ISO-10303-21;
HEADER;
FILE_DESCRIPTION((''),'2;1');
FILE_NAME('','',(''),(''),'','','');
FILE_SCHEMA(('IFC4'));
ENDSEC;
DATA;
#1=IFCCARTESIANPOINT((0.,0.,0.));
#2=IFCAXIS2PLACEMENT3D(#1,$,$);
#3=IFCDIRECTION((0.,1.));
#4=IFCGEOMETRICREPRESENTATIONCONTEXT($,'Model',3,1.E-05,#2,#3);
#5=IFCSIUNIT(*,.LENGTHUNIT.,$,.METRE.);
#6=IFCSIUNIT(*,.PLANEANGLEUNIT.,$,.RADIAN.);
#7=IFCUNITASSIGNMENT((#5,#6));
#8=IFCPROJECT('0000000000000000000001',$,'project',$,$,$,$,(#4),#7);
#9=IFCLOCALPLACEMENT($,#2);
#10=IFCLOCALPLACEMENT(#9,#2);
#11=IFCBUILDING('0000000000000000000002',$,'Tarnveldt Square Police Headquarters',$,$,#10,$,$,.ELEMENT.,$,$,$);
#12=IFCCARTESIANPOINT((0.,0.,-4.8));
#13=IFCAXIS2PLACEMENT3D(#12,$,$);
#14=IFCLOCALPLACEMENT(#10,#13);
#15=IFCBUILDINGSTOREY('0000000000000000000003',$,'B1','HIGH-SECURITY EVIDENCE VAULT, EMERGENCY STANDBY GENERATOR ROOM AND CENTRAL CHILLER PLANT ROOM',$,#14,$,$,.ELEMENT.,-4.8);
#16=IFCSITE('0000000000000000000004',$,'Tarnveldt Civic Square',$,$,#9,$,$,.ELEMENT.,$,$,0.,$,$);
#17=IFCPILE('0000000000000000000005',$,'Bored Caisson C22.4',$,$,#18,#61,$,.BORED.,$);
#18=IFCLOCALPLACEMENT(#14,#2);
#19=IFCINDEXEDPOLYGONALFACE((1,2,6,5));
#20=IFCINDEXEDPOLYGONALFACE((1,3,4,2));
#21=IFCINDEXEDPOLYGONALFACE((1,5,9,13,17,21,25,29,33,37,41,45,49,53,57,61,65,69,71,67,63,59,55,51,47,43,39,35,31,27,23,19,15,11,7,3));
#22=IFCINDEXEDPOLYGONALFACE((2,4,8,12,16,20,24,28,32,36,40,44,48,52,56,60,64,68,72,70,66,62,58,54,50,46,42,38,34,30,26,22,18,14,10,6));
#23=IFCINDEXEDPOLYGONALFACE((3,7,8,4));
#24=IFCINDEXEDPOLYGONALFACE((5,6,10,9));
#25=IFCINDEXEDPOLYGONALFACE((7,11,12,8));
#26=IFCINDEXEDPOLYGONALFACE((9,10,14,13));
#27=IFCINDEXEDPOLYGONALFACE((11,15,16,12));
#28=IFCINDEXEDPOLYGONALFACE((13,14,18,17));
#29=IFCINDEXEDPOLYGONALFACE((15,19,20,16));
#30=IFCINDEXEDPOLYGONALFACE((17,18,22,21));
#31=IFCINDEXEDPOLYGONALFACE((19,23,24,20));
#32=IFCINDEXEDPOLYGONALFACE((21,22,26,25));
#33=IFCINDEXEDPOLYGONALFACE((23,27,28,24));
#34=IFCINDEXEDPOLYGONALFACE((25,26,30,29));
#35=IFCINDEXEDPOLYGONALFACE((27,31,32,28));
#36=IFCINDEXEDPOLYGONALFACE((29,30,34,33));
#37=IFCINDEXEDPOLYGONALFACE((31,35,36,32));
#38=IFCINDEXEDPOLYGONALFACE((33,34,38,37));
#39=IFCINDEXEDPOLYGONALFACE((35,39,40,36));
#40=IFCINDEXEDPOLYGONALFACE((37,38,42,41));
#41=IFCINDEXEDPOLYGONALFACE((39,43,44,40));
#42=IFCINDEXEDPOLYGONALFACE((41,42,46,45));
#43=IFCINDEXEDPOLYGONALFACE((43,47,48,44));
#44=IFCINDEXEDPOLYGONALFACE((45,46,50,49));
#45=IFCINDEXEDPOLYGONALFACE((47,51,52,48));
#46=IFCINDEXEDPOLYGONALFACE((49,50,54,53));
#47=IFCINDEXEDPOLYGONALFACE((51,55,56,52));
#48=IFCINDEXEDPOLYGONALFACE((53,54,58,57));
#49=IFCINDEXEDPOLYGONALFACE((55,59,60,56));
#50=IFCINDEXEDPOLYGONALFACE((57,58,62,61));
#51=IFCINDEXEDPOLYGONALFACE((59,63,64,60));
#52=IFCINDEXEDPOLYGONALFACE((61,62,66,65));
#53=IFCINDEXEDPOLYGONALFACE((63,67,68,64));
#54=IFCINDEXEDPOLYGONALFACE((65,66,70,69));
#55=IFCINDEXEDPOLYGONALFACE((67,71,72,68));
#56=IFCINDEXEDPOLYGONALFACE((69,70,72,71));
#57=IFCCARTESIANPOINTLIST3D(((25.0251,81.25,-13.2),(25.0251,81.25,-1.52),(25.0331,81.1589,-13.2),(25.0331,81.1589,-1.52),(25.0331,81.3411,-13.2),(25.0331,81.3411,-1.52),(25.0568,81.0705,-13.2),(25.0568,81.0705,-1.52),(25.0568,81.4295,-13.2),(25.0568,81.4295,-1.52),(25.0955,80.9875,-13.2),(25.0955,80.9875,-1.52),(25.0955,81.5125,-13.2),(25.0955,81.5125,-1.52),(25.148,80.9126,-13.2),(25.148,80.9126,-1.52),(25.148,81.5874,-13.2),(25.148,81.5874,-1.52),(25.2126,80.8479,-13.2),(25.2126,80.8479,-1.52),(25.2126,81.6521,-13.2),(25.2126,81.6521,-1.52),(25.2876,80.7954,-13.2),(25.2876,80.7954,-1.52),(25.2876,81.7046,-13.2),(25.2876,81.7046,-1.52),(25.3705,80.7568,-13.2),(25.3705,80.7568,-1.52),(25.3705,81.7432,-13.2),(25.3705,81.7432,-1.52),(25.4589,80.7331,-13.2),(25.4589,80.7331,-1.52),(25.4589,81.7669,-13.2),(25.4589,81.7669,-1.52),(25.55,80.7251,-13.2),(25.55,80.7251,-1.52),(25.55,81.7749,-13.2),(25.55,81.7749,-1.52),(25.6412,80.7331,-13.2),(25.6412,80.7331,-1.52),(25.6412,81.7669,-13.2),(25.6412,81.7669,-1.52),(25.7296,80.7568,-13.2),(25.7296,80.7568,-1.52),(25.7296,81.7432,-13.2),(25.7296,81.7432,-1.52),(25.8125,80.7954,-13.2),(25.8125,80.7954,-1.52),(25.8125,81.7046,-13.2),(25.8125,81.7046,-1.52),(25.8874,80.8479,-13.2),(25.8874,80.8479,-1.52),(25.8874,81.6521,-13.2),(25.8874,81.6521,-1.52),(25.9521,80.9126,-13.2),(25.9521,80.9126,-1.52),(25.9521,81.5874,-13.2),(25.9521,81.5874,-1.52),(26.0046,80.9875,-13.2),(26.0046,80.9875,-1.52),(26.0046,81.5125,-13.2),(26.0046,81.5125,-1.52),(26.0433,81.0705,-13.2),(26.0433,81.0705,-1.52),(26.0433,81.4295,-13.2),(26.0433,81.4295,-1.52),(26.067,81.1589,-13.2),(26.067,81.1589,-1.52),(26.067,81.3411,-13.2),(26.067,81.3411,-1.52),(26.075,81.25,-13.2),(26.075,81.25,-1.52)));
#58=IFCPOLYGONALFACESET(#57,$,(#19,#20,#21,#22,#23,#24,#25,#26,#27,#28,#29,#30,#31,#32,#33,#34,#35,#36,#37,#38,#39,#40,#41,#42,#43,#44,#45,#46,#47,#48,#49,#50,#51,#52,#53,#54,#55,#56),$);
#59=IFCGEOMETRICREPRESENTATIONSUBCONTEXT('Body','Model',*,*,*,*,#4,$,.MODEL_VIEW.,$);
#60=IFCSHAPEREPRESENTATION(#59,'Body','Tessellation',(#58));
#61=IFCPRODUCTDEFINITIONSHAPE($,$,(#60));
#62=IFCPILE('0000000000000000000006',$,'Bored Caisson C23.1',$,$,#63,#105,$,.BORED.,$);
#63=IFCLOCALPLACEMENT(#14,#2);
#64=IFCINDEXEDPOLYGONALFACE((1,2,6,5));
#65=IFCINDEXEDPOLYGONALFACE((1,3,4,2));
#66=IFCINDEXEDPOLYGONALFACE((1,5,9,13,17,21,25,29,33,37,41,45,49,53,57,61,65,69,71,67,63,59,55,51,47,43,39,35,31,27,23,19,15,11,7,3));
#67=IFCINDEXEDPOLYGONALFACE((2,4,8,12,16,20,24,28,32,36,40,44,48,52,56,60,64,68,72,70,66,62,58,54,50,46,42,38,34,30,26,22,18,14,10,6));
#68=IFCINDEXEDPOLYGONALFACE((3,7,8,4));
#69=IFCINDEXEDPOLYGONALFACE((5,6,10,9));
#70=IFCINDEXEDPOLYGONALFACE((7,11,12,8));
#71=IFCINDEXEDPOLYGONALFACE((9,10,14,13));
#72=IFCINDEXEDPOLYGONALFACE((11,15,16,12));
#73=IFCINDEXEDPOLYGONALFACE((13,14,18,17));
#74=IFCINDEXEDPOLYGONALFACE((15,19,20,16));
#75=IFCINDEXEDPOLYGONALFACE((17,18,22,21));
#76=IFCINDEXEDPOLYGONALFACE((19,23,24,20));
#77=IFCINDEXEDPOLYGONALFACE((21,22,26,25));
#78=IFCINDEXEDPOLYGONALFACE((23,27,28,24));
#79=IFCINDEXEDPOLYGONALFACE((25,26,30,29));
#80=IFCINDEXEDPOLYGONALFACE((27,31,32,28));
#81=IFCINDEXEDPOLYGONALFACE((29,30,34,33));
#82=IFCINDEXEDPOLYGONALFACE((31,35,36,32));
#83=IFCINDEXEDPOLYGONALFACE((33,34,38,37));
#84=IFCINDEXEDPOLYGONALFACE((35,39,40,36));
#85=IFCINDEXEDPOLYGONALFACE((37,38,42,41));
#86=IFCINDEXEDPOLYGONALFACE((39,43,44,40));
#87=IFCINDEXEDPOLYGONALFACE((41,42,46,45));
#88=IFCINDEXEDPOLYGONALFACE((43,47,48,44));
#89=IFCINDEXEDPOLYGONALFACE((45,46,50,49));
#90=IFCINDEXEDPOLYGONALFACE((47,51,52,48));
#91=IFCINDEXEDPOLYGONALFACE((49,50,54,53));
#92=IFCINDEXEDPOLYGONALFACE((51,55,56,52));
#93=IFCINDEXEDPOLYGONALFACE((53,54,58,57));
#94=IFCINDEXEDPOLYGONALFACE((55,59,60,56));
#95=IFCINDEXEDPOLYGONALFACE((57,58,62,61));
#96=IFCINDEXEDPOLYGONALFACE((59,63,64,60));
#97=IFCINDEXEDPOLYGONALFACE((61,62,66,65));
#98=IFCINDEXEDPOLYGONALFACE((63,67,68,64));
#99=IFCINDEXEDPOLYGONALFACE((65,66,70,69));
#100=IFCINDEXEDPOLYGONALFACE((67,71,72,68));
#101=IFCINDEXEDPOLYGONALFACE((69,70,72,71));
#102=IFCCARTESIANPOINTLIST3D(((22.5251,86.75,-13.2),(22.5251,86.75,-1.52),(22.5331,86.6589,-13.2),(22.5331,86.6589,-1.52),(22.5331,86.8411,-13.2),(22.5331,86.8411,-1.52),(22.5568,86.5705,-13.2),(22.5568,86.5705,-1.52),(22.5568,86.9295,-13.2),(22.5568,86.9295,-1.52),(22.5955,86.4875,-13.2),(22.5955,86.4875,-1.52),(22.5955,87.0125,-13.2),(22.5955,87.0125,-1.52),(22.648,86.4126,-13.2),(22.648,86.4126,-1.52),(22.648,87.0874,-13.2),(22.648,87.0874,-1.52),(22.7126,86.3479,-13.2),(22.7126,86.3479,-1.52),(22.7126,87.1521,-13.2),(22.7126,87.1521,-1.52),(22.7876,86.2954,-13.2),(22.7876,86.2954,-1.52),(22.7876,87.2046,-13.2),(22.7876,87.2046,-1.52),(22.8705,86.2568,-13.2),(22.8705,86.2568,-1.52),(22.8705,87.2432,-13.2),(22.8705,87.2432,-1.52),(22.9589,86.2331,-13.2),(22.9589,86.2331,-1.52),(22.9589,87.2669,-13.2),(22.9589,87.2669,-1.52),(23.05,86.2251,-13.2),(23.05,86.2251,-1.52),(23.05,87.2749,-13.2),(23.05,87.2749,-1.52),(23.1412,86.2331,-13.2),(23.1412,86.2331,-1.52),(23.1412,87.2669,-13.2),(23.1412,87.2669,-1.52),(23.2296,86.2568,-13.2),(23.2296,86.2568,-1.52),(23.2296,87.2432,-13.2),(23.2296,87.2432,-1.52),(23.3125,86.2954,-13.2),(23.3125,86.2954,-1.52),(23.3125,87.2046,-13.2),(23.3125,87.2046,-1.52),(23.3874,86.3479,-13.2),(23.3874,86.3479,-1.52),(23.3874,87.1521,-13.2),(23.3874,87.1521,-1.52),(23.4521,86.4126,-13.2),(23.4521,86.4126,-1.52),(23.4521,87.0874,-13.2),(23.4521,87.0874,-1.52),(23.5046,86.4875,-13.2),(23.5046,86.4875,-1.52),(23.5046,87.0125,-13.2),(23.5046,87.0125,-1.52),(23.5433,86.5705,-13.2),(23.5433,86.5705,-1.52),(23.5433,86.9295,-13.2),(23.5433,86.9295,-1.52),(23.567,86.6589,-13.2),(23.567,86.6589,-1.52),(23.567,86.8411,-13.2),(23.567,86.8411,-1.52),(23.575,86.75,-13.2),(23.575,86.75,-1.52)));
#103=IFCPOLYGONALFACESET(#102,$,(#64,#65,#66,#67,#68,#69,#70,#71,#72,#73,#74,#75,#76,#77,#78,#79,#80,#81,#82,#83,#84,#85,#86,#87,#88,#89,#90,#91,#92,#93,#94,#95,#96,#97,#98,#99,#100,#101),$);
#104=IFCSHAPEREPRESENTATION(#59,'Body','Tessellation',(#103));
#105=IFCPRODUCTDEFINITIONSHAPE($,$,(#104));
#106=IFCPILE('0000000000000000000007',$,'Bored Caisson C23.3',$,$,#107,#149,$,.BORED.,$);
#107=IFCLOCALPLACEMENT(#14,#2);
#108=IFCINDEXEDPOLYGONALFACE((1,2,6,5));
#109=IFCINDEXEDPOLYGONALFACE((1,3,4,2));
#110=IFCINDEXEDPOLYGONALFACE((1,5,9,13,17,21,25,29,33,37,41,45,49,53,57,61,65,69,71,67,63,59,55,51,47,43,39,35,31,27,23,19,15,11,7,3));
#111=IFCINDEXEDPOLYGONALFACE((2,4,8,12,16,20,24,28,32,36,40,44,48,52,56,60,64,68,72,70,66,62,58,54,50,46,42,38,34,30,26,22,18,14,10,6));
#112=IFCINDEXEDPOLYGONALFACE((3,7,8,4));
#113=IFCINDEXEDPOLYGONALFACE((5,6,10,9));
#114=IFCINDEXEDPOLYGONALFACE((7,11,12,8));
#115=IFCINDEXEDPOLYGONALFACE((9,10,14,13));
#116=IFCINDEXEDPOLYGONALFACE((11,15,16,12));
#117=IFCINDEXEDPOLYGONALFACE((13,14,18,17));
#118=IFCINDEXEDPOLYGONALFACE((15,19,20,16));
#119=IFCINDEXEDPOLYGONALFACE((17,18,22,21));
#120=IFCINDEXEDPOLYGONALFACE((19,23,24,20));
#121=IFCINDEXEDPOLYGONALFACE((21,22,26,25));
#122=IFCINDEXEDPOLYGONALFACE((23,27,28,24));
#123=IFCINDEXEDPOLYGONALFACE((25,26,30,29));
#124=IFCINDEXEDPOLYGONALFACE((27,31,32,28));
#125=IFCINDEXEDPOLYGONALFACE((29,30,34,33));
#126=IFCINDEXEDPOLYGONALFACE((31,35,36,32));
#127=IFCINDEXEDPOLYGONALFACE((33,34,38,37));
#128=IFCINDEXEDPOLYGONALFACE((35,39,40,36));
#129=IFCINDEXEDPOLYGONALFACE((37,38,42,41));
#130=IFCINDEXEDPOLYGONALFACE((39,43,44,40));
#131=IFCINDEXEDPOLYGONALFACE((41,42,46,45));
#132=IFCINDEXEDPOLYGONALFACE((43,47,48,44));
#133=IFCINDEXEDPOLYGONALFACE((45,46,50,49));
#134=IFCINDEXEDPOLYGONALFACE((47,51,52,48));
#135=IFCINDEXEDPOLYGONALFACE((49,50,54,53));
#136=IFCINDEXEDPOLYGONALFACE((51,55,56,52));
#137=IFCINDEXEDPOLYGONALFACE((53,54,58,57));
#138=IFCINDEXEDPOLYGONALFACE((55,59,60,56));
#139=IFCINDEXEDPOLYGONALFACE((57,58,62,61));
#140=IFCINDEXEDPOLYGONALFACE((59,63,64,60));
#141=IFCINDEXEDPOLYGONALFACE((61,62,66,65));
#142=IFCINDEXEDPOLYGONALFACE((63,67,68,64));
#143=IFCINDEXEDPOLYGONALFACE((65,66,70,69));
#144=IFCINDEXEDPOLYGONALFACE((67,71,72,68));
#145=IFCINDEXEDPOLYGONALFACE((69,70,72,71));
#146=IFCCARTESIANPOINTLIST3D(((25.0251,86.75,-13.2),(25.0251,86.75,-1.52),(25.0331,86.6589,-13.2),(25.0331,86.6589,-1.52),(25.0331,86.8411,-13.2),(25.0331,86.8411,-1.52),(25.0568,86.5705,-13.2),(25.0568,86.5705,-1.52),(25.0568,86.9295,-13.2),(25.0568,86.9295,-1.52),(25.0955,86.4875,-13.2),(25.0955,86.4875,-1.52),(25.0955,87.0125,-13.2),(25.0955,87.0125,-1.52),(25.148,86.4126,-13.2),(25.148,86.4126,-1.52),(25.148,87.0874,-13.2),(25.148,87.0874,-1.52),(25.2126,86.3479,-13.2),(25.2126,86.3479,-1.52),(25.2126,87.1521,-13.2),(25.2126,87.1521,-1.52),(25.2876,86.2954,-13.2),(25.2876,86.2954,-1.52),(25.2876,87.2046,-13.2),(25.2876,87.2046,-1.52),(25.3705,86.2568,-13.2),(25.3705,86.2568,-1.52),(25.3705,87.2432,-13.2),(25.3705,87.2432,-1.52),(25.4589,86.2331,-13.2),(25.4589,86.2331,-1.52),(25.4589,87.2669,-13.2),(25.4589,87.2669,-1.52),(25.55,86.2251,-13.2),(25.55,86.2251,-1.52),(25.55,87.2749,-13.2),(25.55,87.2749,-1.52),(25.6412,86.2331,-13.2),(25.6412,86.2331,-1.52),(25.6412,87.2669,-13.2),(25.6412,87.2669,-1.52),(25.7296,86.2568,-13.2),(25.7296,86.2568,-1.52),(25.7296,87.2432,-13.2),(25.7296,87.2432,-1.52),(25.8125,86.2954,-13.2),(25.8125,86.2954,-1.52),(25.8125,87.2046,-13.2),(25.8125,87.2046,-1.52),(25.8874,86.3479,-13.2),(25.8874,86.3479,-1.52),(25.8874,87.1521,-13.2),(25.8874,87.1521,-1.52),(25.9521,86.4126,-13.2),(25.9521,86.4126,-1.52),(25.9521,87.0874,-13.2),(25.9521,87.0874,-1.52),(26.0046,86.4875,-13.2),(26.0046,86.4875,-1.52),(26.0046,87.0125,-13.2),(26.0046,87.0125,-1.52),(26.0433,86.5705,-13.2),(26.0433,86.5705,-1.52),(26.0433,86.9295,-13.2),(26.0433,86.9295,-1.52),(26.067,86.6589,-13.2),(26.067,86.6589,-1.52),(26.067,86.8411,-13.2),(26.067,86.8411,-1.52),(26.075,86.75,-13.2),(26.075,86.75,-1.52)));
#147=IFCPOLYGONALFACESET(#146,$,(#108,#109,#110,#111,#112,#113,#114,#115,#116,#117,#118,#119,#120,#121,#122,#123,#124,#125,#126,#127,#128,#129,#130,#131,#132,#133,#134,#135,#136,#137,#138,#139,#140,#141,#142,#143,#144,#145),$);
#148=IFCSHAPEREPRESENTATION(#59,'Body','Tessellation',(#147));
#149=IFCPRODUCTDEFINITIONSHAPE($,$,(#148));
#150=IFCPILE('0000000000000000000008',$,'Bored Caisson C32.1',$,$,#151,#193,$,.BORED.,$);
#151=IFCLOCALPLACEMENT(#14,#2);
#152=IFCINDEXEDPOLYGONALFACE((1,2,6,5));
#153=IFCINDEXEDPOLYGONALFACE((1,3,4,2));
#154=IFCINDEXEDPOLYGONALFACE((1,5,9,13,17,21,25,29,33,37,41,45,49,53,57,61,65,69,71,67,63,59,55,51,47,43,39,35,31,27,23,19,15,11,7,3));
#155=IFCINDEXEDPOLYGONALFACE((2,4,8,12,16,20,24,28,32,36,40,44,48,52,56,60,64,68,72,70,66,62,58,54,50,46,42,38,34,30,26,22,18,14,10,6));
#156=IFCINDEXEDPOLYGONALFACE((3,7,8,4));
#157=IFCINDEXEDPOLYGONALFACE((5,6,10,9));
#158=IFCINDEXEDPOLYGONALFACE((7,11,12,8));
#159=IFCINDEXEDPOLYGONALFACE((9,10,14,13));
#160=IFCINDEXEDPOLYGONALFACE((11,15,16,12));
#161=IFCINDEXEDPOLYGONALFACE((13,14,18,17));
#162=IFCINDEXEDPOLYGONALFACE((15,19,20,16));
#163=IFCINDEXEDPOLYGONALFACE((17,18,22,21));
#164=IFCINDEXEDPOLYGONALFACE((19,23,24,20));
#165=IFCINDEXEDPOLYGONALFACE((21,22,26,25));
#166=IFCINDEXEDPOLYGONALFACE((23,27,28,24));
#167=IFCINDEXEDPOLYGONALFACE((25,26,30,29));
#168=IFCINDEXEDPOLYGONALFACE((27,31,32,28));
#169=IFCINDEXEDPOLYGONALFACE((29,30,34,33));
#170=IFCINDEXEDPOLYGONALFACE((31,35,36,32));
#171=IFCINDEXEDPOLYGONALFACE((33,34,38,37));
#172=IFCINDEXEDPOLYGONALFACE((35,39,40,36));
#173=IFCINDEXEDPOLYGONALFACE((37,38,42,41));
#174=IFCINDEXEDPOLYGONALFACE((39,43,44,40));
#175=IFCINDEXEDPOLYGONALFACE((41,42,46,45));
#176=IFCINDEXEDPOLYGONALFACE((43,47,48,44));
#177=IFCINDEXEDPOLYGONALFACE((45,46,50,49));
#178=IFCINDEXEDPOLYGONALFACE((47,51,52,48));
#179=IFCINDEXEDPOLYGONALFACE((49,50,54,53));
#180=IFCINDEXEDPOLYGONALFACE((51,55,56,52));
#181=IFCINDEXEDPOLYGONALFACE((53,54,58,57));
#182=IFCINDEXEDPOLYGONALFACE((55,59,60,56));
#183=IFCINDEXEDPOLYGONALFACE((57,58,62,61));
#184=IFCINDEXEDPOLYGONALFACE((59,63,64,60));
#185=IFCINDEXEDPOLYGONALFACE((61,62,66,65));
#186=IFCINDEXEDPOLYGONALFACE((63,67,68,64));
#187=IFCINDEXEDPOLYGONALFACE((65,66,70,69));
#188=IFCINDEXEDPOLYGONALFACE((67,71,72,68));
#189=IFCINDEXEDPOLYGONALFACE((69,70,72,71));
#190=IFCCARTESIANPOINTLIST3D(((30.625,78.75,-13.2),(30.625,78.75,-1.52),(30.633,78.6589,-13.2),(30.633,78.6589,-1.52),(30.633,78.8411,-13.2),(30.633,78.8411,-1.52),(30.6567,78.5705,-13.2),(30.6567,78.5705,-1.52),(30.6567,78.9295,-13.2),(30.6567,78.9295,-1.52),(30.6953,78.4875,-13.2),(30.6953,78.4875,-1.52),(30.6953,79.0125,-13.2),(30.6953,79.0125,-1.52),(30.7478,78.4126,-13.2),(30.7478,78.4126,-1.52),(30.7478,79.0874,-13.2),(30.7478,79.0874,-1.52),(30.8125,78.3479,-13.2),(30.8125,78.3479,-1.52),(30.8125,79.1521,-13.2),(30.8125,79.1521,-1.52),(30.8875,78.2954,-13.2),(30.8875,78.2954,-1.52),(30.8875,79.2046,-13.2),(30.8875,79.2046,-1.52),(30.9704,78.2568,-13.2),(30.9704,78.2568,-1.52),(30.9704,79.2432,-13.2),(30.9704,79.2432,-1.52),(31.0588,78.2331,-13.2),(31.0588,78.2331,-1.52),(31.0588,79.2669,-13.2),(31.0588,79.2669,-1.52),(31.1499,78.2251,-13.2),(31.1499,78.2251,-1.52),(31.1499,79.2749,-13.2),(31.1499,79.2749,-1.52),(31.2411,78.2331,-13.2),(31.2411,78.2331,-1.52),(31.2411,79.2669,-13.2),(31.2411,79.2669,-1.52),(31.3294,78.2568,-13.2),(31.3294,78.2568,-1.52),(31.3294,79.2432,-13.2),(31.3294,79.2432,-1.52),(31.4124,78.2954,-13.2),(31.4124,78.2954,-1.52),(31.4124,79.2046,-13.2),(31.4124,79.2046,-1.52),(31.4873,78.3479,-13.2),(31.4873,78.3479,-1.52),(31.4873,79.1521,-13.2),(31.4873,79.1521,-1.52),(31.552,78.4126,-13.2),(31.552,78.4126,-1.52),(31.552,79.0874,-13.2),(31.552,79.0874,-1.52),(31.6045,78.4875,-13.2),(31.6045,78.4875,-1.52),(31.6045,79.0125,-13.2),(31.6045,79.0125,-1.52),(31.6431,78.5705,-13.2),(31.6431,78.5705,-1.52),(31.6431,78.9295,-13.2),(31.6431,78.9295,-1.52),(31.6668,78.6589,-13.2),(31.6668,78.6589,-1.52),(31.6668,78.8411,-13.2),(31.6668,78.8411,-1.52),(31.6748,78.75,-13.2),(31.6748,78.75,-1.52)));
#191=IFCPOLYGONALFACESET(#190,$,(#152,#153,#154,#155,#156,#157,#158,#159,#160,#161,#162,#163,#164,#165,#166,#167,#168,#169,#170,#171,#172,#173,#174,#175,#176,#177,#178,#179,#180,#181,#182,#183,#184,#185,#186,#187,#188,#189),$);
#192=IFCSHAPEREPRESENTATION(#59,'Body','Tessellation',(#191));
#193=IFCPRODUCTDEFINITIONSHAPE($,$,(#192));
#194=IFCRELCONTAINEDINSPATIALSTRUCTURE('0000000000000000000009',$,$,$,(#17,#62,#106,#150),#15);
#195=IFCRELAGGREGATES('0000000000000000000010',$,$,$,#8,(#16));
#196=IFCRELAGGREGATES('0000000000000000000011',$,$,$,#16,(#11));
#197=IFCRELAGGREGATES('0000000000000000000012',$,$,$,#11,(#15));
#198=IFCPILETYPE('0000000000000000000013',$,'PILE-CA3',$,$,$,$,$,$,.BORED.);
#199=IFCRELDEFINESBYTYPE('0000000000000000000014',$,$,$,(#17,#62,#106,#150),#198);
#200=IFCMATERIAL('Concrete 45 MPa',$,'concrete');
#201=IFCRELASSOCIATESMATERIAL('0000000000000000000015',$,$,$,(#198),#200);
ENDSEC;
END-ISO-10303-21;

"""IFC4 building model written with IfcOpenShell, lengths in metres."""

from ifc_helpers import new_model, si_unit, direction, frame, origin, origin_2d, place, context, subcontext, project, spatial, circle, extrude, material, material_profile, profile_set, type_object, element, save


model = new_model("IFC4")

# Units and contexts
model_context = context("Model", 3, precision=1e-05, world=origin(), true_north=direction((0.0, 1.0)))
body_context = subcontext(model_context, "Body", "Model", "MODEL_VIEW")
ifc_project = project(units=[si_unit("LENGTHUNIT", "METRE"), si_unit("PLANEANGLEUNIT", "RADIAN")], contexts=[model_context])

# Site, building, storey
site_placement = place(None, origin())
site = spatial("IfcSite", under=ifc_project, at=site_placement, Name="Tarnveldt Civic Square", CompositionType="ELEMENT", RefElevation=0.0)
building_placement = place(site_placement, origin())
building = spatial("IfcBuilding", under=site, at=building_placement, Name="Tarnveldt Square Police Headquarters", CompositionType="ELEMENT")
storey_placement = place(building_placement, frame((0.0, 0.0, -4.8)))
storey = spatial("IfcBuildingStorey", under=building, at=storey_placement, Name="B1", Description="HIGH-SECURITY EVIDENCE VAULT, EMERGENCY STANDBY GENERATOR ROOM AND CENTRAL CHILLER PLANT ROOM", CompositionType="ELEMENT", Elevation=-4.8)

# Shared definitions
ifc_material_1 = material(Name="Concrete 45 MPa", Category="concrete")

# Piles
ifc_material_profile_1 = material_profile(ifc_material_1, circle(Radius=0.5249, at=origin_2d()), Name="CAISSON-D1050")
ifc_profile_set_1 = profile_set([ifc_material_profile_1], Name="Concrete 45 MPa")
pile_type = type_object("IfcPileType", Name="PILE-CA3", PredefinedType="BORED", material=ifc_profile_set_1)
for number, where, z_axis, x_axis, name in (
    (1, (25.55, 81.25, -1.52), (0.0, 0.0, -1.0), (1.0, 0.0, 0.0), "Bored Caisson C22.4"),
    (2, (23.05, 86.75, -1.52), (0.0, 0.0, -1.0), (1.0, 0.0, 0.0), "Bored Caisson C23.1"),
    (3, (25.55, 86.75, -1.52), (0.0, 0.0, -1.0), (1.0, 0.0, 0.0), "Bored Caisson C23.3"),
    (4, (31.1499, 78.75, -1.52), (0.0, 0.0, -1.0), (1.0, 0.0, 0.0), "Bored Caisson C32.1"),
):
    element("IfcPile", number, at=place(storey_placement, frame(where, z_axis=z_axis, x_axis=x_axis)), inside=storey, type_object=pile_type, Name=name, PredefinedType="BORED", context=body_context, shape_type="SweptSolid", body=[
        extrude(circle(Radius=0.5249, at=origin_2d()), origin(), (0.0, 0.0, 1.0), 11.6799),
    ])

save(model, "model.ifc")
